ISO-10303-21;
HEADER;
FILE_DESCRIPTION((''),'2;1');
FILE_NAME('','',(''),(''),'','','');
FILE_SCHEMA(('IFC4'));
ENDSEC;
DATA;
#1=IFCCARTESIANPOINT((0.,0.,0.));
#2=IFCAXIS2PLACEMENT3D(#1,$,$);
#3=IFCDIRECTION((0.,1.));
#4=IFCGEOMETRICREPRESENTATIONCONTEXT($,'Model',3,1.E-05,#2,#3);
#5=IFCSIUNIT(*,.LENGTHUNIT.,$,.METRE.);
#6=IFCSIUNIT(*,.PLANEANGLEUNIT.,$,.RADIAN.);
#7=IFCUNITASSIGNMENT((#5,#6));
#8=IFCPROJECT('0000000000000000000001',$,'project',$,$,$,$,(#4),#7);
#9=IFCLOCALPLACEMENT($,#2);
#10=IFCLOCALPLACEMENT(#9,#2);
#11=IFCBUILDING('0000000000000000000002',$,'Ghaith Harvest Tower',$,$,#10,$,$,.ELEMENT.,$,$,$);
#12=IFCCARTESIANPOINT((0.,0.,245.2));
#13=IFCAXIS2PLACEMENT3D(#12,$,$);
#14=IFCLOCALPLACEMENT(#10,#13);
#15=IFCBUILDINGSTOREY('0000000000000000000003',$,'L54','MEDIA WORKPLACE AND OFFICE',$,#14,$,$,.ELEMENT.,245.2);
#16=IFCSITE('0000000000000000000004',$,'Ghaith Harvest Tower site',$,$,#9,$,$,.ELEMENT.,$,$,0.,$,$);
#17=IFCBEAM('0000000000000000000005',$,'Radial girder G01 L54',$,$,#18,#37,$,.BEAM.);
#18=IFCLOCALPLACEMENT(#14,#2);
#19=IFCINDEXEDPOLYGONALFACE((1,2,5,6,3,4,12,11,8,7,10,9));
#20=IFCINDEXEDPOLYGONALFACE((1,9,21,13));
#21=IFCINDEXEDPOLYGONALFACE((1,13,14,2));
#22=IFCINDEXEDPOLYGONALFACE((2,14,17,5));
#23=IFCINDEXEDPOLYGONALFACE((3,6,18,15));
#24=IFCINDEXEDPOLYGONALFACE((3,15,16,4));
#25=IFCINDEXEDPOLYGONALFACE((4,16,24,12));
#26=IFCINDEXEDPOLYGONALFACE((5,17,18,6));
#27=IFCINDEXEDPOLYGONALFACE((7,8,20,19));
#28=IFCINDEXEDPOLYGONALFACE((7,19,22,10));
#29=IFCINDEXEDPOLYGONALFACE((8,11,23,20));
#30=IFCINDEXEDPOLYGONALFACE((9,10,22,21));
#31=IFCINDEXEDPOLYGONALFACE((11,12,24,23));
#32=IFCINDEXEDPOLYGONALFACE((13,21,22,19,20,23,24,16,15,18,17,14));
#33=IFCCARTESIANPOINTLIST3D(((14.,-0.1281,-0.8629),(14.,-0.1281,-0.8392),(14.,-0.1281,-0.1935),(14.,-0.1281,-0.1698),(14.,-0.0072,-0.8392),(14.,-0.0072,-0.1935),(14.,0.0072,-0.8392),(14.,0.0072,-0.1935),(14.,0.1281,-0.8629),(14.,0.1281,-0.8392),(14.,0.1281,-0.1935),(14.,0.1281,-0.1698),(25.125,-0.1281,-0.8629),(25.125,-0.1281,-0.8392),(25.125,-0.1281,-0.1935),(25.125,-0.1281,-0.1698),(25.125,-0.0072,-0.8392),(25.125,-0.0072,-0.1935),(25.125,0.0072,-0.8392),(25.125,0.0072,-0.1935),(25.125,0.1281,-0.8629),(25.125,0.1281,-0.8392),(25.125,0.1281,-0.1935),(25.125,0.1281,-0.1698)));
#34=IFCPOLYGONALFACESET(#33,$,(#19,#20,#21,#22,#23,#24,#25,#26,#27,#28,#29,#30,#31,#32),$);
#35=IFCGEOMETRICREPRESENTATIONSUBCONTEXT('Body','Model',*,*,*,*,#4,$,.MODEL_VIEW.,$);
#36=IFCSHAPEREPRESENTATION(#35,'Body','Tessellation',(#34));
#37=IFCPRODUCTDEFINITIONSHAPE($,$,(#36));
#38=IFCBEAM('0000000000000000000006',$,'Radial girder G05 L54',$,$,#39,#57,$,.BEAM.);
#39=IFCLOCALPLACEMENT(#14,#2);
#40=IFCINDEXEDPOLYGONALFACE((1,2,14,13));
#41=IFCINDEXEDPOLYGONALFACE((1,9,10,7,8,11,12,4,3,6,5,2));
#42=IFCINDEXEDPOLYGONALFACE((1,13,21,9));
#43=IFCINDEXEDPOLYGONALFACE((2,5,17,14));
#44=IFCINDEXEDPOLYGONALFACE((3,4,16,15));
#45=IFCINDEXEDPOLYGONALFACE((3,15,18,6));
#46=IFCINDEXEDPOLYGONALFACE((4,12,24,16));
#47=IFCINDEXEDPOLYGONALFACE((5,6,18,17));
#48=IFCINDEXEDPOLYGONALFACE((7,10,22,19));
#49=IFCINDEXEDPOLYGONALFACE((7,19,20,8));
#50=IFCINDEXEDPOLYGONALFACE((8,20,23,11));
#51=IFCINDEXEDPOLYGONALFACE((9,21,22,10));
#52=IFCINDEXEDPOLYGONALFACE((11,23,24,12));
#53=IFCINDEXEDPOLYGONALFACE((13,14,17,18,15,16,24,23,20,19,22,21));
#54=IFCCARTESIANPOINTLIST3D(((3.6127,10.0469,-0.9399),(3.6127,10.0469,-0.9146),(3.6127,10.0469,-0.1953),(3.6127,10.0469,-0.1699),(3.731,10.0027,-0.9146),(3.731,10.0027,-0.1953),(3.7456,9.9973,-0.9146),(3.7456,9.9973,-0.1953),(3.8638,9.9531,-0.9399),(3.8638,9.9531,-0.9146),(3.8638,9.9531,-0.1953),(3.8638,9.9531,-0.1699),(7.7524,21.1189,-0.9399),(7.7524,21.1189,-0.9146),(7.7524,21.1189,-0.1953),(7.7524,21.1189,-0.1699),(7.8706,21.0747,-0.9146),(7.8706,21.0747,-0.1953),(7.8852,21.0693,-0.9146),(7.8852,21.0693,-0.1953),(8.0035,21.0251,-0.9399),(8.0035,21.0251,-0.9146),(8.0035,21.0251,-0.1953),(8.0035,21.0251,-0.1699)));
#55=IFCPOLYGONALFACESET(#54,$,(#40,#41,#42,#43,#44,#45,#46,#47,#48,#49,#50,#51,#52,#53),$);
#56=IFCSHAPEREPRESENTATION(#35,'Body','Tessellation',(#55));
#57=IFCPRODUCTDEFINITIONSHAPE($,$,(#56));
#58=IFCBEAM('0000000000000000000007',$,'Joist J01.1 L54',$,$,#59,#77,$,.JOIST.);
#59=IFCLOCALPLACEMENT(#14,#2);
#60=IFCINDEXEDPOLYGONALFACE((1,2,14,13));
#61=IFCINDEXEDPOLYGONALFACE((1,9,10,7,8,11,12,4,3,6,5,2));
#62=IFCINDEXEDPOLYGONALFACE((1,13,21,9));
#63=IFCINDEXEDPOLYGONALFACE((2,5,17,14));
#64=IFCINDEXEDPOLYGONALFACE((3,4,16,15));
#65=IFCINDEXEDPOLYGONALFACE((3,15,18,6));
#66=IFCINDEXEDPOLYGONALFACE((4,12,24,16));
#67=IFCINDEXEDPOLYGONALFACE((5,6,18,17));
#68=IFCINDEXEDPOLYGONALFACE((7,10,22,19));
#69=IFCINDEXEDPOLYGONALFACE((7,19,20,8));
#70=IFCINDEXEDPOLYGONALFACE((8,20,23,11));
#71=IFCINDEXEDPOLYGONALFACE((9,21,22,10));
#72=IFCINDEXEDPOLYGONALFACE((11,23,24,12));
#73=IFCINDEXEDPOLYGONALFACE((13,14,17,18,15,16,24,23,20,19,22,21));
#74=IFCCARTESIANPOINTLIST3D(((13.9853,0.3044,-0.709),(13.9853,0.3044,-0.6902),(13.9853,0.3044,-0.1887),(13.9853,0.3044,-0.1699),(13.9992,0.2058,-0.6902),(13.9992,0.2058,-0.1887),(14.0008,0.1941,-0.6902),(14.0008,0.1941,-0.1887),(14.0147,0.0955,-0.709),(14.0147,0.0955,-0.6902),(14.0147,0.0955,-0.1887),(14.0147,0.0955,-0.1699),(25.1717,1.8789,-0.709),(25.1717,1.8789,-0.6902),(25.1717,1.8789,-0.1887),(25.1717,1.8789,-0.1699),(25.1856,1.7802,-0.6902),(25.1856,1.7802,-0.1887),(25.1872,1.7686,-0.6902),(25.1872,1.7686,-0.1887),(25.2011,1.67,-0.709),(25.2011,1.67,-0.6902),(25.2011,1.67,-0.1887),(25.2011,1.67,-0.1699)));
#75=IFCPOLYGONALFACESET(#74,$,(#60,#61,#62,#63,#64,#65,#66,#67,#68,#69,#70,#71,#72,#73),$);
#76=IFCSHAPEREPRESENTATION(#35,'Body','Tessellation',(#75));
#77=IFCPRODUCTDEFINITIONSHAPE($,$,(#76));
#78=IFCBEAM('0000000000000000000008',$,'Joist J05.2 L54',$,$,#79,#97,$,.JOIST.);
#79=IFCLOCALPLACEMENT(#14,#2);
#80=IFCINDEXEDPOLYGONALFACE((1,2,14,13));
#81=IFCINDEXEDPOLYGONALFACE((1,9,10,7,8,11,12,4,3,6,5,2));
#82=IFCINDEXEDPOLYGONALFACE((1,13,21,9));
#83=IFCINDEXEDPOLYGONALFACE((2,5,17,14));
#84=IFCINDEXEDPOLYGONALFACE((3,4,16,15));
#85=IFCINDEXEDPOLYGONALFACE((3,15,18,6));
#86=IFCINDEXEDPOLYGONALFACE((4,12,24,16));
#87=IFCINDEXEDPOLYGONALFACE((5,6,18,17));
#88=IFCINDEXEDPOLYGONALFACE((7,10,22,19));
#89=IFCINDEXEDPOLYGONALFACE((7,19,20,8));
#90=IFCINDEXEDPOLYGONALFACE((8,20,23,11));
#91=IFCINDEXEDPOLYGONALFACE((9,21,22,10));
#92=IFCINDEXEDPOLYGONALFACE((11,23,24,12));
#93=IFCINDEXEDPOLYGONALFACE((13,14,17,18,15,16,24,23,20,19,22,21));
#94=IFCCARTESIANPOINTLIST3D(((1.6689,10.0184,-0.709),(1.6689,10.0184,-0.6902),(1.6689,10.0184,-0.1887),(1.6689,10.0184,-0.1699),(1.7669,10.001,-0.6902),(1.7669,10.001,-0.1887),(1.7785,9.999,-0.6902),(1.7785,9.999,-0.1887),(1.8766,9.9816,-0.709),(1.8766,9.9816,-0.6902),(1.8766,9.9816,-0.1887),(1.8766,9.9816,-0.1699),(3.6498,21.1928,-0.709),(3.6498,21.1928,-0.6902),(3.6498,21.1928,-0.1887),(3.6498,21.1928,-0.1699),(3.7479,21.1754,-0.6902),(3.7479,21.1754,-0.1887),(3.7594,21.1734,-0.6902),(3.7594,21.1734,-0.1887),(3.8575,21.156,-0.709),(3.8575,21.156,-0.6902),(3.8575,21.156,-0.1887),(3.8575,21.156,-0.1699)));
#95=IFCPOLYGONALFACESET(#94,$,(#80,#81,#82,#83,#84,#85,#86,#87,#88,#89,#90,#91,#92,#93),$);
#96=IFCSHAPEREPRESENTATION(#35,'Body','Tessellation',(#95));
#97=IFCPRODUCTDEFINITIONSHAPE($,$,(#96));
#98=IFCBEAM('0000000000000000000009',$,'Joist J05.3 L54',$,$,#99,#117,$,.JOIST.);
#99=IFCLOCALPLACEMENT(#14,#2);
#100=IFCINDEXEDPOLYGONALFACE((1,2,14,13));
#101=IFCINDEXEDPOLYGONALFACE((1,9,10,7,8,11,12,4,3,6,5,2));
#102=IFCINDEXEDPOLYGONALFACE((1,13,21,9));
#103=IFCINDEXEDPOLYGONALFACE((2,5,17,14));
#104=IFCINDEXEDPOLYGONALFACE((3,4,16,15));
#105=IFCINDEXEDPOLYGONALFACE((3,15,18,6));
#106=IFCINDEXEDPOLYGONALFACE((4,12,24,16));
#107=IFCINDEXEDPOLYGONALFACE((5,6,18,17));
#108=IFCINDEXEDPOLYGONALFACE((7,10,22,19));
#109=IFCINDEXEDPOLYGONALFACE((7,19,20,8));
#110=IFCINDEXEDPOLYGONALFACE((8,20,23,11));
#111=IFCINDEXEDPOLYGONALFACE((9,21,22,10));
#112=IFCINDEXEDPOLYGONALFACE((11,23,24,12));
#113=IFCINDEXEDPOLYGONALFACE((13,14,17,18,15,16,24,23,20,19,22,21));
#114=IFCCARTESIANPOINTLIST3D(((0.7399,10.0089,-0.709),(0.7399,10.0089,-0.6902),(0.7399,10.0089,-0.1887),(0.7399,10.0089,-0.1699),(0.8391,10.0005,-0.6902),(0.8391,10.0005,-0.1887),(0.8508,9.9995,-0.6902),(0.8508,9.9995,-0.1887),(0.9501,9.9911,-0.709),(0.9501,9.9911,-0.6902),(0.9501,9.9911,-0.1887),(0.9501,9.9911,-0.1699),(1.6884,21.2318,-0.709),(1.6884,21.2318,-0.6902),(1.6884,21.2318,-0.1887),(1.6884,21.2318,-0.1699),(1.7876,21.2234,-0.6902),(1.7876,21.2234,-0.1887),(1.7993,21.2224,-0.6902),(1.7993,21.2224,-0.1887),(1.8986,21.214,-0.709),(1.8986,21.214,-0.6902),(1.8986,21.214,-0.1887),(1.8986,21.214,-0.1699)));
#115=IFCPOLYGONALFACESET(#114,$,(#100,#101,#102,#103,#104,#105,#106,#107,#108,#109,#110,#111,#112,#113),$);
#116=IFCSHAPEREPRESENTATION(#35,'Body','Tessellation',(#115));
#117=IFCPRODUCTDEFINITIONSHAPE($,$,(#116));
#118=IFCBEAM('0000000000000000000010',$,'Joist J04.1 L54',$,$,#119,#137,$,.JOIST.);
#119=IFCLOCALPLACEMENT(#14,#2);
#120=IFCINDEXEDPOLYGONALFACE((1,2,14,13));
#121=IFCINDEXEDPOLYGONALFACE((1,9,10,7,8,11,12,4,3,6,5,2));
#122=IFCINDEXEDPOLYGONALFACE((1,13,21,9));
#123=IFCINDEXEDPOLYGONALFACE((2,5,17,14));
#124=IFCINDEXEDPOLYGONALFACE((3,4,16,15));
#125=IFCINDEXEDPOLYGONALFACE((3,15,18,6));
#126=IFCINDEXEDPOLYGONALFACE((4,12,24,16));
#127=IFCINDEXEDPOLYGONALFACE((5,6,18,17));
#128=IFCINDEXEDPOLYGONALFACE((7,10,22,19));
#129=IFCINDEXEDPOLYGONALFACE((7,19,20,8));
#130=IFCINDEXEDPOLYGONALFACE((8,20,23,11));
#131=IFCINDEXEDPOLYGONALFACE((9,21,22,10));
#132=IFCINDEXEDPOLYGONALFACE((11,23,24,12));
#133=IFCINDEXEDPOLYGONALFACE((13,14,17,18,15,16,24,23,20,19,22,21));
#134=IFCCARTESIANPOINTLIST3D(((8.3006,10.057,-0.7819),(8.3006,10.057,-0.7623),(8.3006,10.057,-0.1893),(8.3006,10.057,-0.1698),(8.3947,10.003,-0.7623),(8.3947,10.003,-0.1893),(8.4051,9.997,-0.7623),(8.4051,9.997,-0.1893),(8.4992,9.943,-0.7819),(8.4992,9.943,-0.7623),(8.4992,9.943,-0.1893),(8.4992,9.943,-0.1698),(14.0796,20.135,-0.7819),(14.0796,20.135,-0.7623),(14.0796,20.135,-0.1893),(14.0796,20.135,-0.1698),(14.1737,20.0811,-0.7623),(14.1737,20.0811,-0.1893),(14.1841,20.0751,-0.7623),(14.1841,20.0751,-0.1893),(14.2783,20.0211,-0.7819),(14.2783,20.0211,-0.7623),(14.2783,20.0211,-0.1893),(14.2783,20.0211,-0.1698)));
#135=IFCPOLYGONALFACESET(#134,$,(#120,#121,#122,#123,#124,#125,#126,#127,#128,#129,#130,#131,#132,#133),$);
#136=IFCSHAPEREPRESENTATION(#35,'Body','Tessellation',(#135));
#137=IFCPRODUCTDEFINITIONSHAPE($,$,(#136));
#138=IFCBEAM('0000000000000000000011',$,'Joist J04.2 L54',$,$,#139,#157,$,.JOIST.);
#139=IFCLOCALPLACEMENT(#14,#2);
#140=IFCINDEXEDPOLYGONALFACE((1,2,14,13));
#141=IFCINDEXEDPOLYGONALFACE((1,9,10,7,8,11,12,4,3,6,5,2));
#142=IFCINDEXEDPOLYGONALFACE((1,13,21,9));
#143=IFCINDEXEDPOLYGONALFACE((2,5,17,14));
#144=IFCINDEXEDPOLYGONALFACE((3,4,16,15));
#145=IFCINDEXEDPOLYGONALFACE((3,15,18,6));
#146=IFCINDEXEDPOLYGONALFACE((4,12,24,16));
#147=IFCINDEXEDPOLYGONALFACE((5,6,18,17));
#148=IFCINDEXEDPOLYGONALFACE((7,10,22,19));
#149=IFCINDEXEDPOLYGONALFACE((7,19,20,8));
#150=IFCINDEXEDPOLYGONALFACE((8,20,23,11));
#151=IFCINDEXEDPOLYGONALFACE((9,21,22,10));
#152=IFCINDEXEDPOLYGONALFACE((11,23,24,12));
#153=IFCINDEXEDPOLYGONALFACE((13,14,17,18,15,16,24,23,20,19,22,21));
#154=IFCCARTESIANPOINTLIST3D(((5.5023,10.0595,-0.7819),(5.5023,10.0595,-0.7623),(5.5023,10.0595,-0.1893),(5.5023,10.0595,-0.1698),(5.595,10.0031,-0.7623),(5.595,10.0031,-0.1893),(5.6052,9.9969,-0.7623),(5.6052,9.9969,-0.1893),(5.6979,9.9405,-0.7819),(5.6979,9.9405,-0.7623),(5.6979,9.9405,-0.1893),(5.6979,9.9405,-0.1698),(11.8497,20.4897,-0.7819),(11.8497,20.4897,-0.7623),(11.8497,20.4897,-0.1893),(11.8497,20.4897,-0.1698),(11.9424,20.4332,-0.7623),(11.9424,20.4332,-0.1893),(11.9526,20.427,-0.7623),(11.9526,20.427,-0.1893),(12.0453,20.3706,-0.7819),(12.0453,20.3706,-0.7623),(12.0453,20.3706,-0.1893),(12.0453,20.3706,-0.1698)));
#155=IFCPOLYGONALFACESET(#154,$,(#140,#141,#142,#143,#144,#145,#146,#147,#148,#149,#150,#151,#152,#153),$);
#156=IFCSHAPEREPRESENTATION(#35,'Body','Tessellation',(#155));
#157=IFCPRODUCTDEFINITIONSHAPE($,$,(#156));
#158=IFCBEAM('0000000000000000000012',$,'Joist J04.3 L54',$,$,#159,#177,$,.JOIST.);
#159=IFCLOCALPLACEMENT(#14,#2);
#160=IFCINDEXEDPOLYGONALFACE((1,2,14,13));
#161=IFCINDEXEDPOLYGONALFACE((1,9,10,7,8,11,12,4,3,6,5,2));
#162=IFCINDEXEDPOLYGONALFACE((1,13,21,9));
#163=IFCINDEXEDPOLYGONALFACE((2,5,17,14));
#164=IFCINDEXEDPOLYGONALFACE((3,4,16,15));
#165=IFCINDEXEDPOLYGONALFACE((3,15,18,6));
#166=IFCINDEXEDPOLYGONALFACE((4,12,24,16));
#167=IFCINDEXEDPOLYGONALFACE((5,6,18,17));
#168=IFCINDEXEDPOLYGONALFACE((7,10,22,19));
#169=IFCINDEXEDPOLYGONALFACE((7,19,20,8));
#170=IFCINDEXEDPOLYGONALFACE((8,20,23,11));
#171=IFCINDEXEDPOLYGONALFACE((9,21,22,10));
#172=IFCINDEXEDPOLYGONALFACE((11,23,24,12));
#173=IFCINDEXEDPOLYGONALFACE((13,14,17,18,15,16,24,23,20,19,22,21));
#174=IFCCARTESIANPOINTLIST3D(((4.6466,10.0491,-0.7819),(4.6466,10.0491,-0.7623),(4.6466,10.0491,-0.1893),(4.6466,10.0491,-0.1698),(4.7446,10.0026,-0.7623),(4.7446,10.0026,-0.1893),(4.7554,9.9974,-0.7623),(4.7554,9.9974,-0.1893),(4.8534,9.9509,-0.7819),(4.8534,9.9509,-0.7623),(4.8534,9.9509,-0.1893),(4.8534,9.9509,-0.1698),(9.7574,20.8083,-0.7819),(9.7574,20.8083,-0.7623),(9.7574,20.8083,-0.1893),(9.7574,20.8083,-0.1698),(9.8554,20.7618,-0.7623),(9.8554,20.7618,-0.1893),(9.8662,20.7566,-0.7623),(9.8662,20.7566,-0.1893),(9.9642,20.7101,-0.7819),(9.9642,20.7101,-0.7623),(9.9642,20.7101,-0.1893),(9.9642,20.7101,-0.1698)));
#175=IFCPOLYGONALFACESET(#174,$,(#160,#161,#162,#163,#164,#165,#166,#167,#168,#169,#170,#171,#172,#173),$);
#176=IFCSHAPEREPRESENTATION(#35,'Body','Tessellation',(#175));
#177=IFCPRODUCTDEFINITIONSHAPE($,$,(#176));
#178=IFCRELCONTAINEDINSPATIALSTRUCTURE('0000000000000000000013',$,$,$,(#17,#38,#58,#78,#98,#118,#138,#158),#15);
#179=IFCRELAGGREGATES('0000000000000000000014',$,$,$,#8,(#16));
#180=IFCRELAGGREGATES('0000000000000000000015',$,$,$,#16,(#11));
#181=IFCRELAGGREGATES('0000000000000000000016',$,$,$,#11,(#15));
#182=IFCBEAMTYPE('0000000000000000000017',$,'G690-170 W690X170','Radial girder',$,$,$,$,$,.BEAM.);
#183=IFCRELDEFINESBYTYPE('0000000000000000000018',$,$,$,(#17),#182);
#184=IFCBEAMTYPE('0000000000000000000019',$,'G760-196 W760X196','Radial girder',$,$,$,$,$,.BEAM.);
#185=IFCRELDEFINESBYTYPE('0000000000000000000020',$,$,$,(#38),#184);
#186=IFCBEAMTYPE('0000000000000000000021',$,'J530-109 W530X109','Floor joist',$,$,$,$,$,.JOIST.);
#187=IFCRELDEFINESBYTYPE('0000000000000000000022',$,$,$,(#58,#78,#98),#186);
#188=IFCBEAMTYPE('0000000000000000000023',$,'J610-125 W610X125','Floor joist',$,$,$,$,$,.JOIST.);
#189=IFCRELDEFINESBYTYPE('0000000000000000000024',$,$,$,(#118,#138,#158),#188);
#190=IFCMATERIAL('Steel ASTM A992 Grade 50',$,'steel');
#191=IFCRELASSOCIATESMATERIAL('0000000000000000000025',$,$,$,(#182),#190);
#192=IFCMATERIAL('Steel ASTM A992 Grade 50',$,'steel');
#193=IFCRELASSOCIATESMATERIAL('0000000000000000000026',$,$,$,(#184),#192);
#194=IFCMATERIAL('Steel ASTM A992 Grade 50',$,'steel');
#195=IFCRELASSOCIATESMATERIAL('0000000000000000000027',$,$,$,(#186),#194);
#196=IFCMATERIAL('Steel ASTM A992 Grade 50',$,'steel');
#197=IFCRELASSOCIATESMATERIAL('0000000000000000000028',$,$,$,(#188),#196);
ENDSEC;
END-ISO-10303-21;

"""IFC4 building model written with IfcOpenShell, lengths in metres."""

from ifc_helpers import new_model, si_unit, direction, frame, origin, origin_2d, place, context, subcontext, project, spatial, i_section, extrude, material, material_profile, profile_set, type_object, element, save


model = new_model("IFC4")

# Units and contexts
model_context = context("Model", 3, precision=1e-05, world=origin(), true_north=direction((0.0, 1.0)))
body_context = subcontext(model_context, "Body", "Model", "MODEL_VIEW")
ifc_project = project(units=[si_unit("LENGTHUNIT", "METRE"), si_unit("PLANEANGLEUNIT", "RADIAN")], contexts=[model_context])

# Site, building, storey
site_placement = place(None, origin())
site = spatial("IfcSite", under=ifc_project, at=site_placement, Name="Ghaith Harvest Tower site", CompositionType="ELEMENT", RefElevation=0.0)
building_placement = place(site_placement, origin())
building = spatial("IfcBuilding", under=site, at=building_placement, Name="Ghaith Harvest Tower", CompositionType="ELEMENT")
storey_placement = place(building_placement, frame((0.0, 0.0, 245.2)))
storey = spatial("IfcBuildingStorey", under=building, at=storey_placement, Name="L54", Description="MEDIA WORKPLACE AND OFFICE", CompositionType="ELEMENT", Elevation=245.2)

# Beams
ifc_material_1 = material(Name="Steel ASTM A992 Grade 50", Category="steel")
ifc_material_profile_1 = material_profile(ifc_material_1, i_section(OverallWidth=0.2561, OverallDepth=0.6931, WebThickness=0.0144, FlangeThickness=0.0237, at=origin_2d()), Name="W690X170")
ifc_profile_set_1 = profile_set([ifc_material_profile_1], Name="Steel ASTM A992 Grade 50")
beam_type_1 = type_object("IfcBeamType", Name="G690-170 W690X170", Description="Radial girder", PredefinedType="BEAM", material=ifc_profile_set_1)
beam_1_placement = place(storey_placement, frame((14.0, 0.0, -0.5164), z_axis=(1.0, 0.0, 0.0), x_axis=(0.0, 1.0, 0.0)))
element("IfcBeam", 1, at=beam_1_placement, inside=storey, type_object=beam_type_1, Name="Radial girder G01 L54", PredefinedType="BEAM", context=body_context, shape_type="SweptSolid", body=[
    extrude(i_section(OverallWidth=0.2561, OverallDepth=0.6931, WebThickness=0.0144, FlangeThickness=0.0237, at=origin_2d()), origin(), (0.0, 0.0, 1.0), 11.125),
])
ifc_material_2 = material(Name="Steel ASTM A992 Grade 50", Category="steel")
ifc_material_profile_2 = material_profile(ifc_material_2, i_section(OverallWidth=0.2681, OverallDepth=0.77, WebThickness=0.0156, FlangeThickness=0.0254, at=origin_2d()), Name="W760X196")
ifc_profile_set_2 = profile_set([ifc_material_profile_2], Name="Steel ASTM A992 Grade 50")
beam_type_2 = type_object("IfcBeamType", Name="G760-196 W760X196", Description="Radial girder", PredefinedType="BEAM", material=ifc_profile_set_2)
beam_2_placement = place(storey_placement, frame((3.7383, 10.0, -0.5549), z_axis=(0.350207, 0.936672, 0.0), x_axis=(-0.936672, 0.350207, 0.0)))
element("IfcBeam", 2, at=beam_2_placement, inside=storey, type_object=beam_type_2, Name="Radial girder G05 L54", PredefinedType="BEAM", context=body_context, shape_type="SweptSolid", body=[
    extrude(i_section(OverallWidth=0.2681, OverallDepth=0.77, WebThickness=0.0156, FlangeThickness=0.0254, at=origin_2d()), origin(), (0.0, 0.0, 1.0), 11.8206),
])
ifc_material_3 = material(Name="Steel ASTM A992 Grade 50", Category="steel")
ifc_material_profile_3 = material_profile(ifc_material_3, i_section(OverallWidth=0.2109, OverallDepth=0.5391, WebThickness=0.0117, FlangeThickness=0.0188, at=origin_2d()), Name="W530X109")
ifc_profile_set_3 = profile_set([ifc_material_profile_3], Name="Steel ASTM A992 Grade 50")
beam_type_3 = type_object("IfcBeamType", Name="J530-109 W530X109", Description="Floor joist", PredefinedType="JOIST", material=ifc_profile_set_3)
beam_3_placement = place(storey_placement, frame((14.0, 0.2, -0.4395), z_axis=(0.99024, 0.139376, 0.0), x_axis=(-0.139376, 0.99024, 0.0)))
element("IfcBeam", 3, at=beam_3_placement, inside=storey, type_object=beam_type_3, Name="Joist J01.1 L54", PredefinedType="JOIST", context=body_context, shape_type="SweptSolid", body=[
    extrude(i_section(OverallWidth=0.2109, OverallDepth=0.5391, WebThickness=0.0117, FlangeThickness=0.0188, at=origin_2d()), origin(), (0.0, 0.0, 1.0), 11.2966),
])
beam_4_placement = place(storey_placement, frame((1.7727, 10.0, -0.4395), z_axis=(0.174556, 0.984647, 0.0), x_axis=(-0.984647, 0.174556, 0.0)))
element("IfcBeam", 4, at=beam_4_placement, inside=storey, type_object=beam_type_3, Name="Joist J05.2 L54", PredefinedType="JOIST", context=body_context, shape_type="SweptSolid", body=[
    extrude(i_section(OverallWidth=0.2109, OverallDepth=0.5391, WebThickness=0.0117, FlangeThickness=0.0188, at=origin_2d()), origin(), (0.0, 0.0, 1.0), 11.3486),
])
beam_5_placement = place(storey_placement, frame((0.845, 10.0, -0.4395), z_axis=(0.084213, 0.996448, 0.0), x_axis=(-0.996448, 0.084213, 0.0)))
element("IfcBeam", 5, at=beam_5_placement, inside=storey, type_object=beam_type_3, Name="Joist J05.3 L54", PredefinedType="JOIST", context=body_context, shape_type="SweptSolid", body=[
    extrude(i_section(OverallWidth=0.2109, OverallDepth=0.5391, WebThickness=0.0117, FlangeThickness=0.0188, at=origin_2d()), origin(), (0.0, 0.0, 1.0), 11.2629),
])
ifc_material_4 = material(Name="Steel ASTM A992 Grade 50", Category="steel")
ifc_material_profile_4 = material_profile(ifc_material_4, i_section(OverallWidth=0.229, OverallDepth=0.6121, WebThickness=0.012, FlangeThickness=0.0195, at=origin_2d()), Name="W610X125")
ifc_profile_set_4 = profile_set([ifc_material_profile_4], Name="Steel ASTM A992 Grade 50")
beam_type_4 = type_object("IfcBeamType", Name="J610-125 W610X125", Description="Floor joist", PredefinedType="JOIST", material=ifc_profile_set_4)
beam_6_placement = place(storey_placement, frame((8.3999, 10.0, -0.4758), z_axis=(0.497444, 0.867496, 0.0), x_axis=(-0.867496, 0.497444, 0.0)))
element("IfcBeam", 6, at=beam_6_placement, inside=storey, type_object=beam_type_4, Name="Joist J04.1 L54", PredefinedType="JOIST", context=body_context, shape_type="SweptSolid", body=[
    extrude(i_section(OverallWidth=0.229, OverallDepth=0.6121, WebThickness=0.012, FlangeThickness=0.0195, at=origin_2d()), origin(), (0.0, 0.0, 1.0), 11.6174),
])
beam_7_placement = place(storey_placement, frame((5.6001, 10.0, -0.4758), z_axis=(0.519864, 0.854249, 0.0), x_axis=(-0.854249, 0.519864, 0.0)))
element("IfcBeam", 7, at=beam_7_placement, inside=storey, type_object=beam_type_4, Name="Joist J04.2 L54", PredefinedType="JOIST", context=body_context, shape_type="SweptSolid", body=[
    extrude(i_section(OverallWidth=0.229, OverallDepth=0.6121, WebThickness=0.012, FlangeThickness=0.0195, at=origin_2d()), origin(), (0.0, 0.0, 1.0), 12.2097),
])
beam_8_placement = place(storey_placement, frame((4.75, 10.0, -0.4758), z_axis=(0.429069, 0.903272, 0.0), x_axis=(-0.903272, 0.429069, 0.0)))
element("IfcBeam", 8, at=beam_8_placement, inside=storey, type_object=beam_type_4, Name="Joist J04.3 L54", PredefinedType="JOIST", context=body_context, shape_type="SweptSolid", body=[
    extrude(i_section(OverallWidth=0.229, OverallDepth=0.6121, WebThickness=0.012, FlangeThickness=0.0195, at=origin_2d()), origin(), (0.0, 0.0, 1.0), 11.9114),
])

save(model, "model.ifc")
